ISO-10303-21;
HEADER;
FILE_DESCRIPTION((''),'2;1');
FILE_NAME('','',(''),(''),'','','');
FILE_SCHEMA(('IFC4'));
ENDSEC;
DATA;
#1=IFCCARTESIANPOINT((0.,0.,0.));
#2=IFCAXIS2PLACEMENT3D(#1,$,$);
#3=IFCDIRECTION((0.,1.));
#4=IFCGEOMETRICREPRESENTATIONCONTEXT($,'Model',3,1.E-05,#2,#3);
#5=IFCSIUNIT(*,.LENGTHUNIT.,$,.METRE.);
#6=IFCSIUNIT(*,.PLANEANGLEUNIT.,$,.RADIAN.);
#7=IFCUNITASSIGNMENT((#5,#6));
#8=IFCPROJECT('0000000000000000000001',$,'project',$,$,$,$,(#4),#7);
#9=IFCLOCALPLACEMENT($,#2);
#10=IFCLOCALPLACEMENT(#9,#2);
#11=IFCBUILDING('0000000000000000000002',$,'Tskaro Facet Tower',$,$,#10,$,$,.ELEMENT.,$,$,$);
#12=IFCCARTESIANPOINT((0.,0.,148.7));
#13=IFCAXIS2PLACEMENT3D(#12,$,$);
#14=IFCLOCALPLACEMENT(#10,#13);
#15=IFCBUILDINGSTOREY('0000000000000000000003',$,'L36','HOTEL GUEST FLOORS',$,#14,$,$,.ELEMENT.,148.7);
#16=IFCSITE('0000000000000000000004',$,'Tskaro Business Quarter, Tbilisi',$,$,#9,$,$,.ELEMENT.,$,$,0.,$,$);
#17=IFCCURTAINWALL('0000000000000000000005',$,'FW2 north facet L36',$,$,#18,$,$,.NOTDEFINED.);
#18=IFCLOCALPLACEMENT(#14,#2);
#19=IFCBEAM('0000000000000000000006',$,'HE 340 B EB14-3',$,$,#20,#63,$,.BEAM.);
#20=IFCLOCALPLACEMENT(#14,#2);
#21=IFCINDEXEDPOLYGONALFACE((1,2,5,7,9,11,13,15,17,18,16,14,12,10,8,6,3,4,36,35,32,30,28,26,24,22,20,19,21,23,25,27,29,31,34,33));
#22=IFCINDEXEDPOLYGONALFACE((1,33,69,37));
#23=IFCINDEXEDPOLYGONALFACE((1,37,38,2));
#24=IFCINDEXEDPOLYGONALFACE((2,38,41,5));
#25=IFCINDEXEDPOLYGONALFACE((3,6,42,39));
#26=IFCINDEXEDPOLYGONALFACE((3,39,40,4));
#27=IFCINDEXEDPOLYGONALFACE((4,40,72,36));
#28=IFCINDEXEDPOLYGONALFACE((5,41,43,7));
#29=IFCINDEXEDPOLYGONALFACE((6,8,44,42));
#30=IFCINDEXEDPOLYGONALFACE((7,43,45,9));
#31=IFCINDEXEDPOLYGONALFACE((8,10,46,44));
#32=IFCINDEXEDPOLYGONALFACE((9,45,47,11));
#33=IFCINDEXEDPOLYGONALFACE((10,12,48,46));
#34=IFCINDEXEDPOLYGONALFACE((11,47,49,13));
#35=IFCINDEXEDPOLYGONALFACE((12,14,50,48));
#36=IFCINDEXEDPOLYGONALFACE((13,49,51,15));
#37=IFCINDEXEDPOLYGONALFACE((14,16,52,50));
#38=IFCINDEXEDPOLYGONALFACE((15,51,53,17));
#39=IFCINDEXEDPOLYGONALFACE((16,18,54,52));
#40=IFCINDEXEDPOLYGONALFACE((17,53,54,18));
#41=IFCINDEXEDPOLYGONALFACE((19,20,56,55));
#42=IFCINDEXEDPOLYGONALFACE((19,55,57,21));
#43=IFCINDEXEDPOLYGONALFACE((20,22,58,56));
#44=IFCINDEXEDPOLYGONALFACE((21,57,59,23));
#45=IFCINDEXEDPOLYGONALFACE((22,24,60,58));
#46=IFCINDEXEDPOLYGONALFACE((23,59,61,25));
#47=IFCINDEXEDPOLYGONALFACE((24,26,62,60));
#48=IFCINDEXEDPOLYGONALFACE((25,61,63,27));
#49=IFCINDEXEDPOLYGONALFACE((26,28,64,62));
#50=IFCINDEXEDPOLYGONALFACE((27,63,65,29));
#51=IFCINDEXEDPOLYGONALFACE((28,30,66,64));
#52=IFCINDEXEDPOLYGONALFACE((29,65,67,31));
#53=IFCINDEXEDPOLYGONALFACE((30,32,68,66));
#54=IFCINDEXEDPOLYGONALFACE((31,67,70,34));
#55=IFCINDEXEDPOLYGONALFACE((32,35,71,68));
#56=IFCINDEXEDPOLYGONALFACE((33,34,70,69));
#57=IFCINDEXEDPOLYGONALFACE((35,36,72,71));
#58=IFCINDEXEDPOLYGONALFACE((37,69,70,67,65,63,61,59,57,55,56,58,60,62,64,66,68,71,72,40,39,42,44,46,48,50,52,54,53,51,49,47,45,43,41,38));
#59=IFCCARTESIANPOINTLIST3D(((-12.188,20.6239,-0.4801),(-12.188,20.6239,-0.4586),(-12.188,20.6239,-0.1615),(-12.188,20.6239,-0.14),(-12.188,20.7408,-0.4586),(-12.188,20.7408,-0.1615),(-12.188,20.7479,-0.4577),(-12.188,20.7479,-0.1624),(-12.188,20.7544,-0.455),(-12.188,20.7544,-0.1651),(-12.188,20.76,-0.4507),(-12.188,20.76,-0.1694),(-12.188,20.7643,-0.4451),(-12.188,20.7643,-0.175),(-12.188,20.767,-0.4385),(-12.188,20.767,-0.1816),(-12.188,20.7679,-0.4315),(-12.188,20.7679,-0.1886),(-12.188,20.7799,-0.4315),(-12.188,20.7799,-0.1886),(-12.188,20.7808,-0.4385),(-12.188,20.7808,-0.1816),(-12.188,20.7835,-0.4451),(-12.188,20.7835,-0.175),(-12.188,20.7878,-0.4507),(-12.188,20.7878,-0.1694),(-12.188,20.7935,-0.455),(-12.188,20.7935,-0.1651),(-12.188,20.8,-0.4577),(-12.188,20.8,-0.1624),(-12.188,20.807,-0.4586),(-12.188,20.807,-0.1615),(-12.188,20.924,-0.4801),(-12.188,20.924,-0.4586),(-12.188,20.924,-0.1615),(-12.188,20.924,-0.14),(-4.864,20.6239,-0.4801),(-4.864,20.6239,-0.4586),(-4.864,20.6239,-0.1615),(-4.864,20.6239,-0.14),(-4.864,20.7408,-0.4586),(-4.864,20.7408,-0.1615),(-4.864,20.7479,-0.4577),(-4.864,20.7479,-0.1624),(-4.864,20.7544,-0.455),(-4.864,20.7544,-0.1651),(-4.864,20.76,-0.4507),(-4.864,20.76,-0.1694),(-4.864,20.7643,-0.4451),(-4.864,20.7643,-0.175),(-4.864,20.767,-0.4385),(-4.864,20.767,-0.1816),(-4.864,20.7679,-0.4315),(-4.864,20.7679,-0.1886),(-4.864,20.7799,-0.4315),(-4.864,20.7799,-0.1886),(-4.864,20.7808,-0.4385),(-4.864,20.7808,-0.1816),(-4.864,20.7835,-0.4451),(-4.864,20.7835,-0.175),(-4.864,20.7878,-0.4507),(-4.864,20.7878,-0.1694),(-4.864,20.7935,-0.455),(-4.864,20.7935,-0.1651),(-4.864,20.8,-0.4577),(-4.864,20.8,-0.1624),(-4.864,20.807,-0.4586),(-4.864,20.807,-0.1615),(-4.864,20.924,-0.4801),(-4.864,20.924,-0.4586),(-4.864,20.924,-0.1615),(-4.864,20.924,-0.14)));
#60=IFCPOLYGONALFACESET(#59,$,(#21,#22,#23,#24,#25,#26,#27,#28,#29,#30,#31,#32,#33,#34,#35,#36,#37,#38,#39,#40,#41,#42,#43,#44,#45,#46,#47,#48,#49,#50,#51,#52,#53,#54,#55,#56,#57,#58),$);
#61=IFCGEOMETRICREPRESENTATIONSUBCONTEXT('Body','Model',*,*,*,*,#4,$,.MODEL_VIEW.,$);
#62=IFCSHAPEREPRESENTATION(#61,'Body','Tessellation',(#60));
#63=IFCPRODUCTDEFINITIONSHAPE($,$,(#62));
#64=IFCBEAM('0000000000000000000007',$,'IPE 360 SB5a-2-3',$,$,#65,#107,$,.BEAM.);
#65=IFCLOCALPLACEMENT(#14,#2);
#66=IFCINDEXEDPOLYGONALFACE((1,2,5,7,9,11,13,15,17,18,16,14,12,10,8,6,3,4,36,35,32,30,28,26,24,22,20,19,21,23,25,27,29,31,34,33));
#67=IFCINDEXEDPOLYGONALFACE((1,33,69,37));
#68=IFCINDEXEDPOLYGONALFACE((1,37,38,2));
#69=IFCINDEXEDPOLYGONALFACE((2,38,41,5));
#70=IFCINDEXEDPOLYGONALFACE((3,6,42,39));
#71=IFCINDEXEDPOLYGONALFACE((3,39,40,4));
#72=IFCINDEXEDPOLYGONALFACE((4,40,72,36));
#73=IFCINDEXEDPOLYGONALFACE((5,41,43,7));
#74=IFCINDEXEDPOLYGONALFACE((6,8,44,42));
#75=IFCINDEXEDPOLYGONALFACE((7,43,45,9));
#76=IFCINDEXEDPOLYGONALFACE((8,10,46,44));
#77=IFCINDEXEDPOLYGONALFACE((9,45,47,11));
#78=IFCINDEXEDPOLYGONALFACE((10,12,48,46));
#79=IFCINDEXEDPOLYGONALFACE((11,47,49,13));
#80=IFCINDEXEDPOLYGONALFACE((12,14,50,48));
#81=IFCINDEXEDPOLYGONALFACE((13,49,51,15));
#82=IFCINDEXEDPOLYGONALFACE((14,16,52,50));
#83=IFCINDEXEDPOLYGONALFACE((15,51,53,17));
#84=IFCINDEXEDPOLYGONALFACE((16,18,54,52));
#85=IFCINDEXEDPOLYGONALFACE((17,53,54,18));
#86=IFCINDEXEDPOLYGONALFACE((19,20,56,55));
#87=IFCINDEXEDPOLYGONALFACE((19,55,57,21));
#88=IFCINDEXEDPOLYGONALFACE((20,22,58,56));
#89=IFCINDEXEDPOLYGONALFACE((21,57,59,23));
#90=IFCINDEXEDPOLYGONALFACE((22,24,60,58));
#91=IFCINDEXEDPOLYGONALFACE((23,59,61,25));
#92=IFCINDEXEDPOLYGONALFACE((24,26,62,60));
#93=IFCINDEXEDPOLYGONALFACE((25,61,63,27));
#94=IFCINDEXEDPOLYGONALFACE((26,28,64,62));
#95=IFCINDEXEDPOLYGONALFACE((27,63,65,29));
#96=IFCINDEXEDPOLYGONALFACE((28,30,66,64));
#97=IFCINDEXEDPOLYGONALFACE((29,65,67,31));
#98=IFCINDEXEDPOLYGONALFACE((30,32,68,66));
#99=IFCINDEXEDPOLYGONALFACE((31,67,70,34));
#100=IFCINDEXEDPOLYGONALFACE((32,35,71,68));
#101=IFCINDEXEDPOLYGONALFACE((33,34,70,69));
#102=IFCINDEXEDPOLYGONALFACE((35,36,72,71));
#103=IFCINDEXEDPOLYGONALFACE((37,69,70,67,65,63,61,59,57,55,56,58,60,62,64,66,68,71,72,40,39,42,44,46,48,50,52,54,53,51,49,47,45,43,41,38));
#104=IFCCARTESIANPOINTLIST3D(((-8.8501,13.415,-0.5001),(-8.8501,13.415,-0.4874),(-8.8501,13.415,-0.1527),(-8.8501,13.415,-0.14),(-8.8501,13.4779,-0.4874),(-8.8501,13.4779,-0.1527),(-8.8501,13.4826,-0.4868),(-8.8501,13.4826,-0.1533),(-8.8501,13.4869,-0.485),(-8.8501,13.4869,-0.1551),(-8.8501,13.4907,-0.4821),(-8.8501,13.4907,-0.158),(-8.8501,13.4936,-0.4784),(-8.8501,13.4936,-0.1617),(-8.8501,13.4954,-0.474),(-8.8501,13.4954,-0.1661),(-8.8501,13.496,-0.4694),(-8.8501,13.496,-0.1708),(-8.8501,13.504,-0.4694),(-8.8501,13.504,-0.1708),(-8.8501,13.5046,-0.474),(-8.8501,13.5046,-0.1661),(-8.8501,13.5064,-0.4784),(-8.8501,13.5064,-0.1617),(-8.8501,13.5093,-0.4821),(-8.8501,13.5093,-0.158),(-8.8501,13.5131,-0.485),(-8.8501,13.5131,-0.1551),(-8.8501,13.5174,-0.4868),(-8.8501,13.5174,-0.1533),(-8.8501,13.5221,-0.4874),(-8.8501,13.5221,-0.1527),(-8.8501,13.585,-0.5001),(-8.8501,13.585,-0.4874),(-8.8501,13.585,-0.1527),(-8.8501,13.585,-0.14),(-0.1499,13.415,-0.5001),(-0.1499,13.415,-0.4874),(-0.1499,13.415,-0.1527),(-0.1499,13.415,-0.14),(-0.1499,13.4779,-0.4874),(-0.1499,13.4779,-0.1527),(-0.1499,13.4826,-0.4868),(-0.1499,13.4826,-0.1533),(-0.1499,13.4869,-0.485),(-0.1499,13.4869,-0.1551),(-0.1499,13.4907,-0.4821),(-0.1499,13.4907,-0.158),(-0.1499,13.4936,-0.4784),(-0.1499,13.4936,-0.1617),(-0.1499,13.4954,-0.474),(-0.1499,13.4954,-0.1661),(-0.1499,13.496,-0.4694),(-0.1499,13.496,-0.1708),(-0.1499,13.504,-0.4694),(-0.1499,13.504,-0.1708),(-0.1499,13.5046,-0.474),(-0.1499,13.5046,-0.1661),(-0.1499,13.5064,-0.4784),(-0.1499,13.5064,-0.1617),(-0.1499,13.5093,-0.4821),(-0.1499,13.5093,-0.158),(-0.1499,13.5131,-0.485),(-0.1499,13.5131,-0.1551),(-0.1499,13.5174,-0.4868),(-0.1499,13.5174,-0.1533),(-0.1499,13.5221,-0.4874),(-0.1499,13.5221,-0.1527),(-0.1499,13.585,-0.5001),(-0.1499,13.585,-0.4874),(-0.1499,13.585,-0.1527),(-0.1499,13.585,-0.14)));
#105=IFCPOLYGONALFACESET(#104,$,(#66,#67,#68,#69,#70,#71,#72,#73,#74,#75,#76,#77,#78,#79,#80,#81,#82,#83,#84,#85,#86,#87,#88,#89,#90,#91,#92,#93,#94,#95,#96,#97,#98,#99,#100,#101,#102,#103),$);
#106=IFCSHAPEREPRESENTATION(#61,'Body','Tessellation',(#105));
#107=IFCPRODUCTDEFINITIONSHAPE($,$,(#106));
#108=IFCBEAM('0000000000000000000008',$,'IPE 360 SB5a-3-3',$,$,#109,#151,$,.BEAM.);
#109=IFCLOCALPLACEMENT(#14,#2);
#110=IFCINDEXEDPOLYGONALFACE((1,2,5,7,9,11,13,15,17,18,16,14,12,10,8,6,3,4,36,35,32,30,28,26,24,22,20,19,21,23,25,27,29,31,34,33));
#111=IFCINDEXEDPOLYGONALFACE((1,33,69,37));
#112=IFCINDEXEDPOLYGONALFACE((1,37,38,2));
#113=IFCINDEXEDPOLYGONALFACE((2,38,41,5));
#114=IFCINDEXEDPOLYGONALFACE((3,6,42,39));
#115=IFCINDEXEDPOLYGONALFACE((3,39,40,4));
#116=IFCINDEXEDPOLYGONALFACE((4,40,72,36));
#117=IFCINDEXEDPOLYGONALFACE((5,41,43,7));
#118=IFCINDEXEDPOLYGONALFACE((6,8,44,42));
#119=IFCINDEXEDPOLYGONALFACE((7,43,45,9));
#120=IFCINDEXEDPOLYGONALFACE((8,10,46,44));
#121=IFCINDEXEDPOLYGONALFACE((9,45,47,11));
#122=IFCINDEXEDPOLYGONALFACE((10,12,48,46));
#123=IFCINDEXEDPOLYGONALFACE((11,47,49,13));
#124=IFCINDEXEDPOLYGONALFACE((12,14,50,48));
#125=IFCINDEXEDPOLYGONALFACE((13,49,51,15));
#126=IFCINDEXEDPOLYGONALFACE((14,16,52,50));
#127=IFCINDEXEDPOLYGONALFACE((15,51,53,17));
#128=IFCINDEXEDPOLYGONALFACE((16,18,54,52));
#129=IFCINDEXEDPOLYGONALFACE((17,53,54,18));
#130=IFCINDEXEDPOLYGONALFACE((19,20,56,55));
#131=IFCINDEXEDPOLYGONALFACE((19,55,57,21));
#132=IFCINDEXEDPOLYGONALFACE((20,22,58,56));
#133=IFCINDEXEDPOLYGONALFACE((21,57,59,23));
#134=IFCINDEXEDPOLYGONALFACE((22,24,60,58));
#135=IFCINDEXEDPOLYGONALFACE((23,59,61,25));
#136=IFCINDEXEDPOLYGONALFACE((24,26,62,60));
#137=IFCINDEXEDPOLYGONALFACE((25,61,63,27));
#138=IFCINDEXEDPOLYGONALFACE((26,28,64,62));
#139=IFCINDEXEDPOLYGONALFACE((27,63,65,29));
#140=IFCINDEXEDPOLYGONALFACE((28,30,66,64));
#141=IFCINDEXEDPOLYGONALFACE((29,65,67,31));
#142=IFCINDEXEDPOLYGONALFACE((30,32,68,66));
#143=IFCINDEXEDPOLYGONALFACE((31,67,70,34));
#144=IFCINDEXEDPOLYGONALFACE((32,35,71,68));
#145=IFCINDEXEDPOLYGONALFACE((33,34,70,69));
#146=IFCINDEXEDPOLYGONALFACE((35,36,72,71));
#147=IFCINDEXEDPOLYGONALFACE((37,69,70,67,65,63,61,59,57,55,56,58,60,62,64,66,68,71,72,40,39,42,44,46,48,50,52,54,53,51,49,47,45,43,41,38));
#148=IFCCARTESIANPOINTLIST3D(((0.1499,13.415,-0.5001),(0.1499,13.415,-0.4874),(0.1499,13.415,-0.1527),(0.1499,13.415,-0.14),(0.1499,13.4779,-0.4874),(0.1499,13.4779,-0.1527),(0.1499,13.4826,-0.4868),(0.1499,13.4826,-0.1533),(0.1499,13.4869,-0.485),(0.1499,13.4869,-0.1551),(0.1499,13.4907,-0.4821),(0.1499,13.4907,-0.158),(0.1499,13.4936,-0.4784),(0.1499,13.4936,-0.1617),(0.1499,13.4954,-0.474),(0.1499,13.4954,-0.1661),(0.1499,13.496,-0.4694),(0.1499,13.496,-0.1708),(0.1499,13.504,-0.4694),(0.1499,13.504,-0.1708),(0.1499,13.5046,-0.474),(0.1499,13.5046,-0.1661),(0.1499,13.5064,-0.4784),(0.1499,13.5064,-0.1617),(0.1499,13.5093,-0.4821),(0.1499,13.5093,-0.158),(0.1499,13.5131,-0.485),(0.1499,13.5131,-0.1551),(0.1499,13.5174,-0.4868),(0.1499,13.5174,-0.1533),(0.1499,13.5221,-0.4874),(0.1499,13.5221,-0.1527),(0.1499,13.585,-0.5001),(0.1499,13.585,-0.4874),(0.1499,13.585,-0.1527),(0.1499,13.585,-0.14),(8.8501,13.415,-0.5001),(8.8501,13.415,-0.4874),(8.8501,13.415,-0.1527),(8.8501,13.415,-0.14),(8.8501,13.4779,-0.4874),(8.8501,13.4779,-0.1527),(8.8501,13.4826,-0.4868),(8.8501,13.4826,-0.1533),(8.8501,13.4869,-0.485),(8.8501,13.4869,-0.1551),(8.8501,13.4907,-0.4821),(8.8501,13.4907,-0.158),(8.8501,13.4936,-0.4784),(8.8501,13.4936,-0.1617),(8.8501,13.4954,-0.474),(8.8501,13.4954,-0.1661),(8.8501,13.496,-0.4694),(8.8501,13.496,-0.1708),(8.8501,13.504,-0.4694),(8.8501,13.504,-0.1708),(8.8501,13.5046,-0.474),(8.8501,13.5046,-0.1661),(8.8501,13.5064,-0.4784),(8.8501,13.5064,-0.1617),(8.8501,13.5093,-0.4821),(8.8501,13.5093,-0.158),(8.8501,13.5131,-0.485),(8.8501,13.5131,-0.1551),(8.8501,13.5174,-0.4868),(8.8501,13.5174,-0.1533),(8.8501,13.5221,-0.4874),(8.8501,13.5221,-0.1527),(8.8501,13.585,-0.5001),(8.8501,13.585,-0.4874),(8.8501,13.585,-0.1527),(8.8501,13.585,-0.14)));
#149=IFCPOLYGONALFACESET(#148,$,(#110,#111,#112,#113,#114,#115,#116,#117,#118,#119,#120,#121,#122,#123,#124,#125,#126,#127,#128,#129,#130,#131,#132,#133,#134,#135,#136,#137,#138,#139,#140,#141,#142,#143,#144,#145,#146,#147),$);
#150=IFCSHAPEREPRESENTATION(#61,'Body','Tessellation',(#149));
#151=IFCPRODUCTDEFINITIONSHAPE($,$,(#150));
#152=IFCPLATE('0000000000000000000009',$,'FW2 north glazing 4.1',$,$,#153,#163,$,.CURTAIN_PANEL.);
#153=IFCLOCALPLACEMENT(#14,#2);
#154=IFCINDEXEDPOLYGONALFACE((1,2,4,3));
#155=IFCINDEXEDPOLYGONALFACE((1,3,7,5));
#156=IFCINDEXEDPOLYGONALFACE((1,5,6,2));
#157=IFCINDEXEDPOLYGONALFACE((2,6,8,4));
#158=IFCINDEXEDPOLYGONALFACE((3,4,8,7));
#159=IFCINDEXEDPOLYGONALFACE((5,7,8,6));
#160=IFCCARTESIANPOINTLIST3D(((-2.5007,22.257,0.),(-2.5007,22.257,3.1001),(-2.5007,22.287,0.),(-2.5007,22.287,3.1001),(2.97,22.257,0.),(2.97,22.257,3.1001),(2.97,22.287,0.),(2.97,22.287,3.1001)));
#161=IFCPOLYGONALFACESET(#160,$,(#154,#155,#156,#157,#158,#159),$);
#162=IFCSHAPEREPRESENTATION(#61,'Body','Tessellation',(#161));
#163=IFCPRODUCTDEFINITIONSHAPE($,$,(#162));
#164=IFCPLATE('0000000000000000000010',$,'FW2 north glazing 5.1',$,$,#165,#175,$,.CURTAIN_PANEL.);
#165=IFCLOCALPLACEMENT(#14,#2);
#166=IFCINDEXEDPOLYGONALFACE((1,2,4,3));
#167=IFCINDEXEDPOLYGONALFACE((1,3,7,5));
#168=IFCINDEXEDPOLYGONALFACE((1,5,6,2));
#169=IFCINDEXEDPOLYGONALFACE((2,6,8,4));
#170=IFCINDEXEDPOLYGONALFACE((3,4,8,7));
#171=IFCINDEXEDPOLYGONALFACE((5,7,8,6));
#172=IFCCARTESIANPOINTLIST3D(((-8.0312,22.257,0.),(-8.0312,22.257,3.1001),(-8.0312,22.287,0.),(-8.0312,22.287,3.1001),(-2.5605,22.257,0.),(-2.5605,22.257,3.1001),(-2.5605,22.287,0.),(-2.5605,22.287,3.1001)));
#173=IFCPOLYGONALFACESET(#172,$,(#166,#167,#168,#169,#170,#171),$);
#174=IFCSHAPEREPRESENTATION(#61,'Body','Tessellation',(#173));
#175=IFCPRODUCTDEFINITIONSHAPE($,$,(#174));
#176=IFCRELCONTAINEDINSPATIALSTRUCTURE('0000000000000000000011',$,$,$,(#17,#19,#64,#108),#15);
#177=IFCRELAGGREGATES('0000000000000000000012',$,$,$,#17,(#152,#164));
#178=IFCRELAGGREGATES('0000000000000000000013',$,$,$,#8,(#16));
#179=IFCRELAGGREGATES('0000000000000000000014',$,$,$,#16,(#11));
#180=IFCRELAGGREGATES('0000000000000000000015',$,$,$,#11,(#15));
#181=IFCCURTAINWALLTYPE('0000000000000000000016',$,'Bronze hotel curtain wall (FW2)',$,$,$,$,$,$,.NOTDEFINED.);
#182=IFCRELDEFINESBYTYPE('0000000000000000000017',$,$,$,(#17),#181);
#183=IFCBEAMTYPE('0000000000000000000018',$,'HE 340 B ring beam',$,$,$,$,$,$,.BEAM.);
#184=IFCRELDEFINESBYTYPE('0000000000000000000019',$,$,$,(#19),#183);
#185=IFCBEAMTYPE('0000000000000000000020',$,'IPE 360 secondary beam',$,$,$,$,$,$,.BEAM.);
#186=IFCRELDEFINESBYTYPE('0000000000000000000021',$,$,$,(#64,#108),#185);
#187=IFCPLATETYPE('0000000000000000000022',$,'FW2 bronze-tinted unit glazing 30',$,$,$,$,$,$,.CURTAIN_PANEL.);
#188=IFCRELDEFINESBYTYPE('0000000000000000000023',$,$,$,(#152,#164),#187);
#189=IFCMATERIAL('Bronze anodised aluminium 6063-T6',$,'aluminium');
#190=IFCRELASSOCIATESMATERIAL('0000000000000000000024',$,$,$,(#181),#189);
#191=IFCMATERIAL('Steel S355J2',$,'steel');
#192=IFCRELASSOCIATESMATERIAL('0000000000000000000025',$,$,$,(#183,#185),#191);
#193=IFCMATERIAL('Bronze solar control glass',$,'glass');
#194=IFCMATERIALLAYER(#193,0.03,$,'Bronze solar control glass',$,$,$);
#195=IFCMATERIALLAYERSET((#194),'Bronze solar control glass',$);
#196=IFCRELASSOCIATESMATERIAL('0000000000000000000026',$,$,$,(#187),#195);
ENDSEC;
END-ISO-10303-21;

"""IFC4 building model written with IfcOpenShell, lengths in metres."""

from ifc_helpers import new_model, si_unit, direction, frame, origin, origin_2d, place, context, subcontext, project, spatial, rectangle, i_section, extrude, material, layer, layer_set, material_profile, profile_set, type_object, element, aggregate, save


model = new_model("IFC4")

# Units and contexts
model_context = context("Model", 3, precision=1e-05, world=origin(), true_north=direction((0.0, 1.0)))
body_context = subcontext(model_context, "Body", "Model", "MODEL_VIEW")
ifc_project = project(units=[si_unit("LENGTHUNIT", "METRE"), si_unit("PLANEANGLEUNIT", "RADIAN")], contexts=[model_context])

# Site, building, storey
site_placement = place(None, origin())
site = spatial("IfcSite", under=ifc_project, at=site_placement, Name="Tskaro Business Quarter, Tbilisi", CompositionType="ELEMENT", RefElevation=0.0)
building_placement = place(site_placement, origin())
building = spatial("IfcBuilding", under=site, at=building_placement, Name="Tskaro Facet Tower", CompositionType="ELEMENT")
storey_placement = place(building_placement, frame((0.0, 0.0, 148.7)))
storey = spatial("IfcBuildingStorey", under=building, at=storey_placement, Name="L36", Description="HOTEL GUEST FLOORS", CompositionType="ELEMENT", Elevation=148.7)

# Curtain wall
ifc_material_1 = material(Name="Bronze anodised aluminium 6063-T6", Category="aluminium")
curtain_wall_type = type_object("IfcCurtainWallType", Name="Bronze hotel curtain wall (FW2)", PredefinedType="NOTDEFINED", material=ifc_material_1)
curtain_wall_placement = place(storey_placement, origin())
curtain_wall = element("IfcCurtainWall", 1, at=curtain_wall_placement, inside=storey, type_object=curtain_wall_type, Name="FW2 north facet L36", PredefinedType="NOTDEFINED")

# Beams
ifc_material_2 = material(Name="Steel S355J2", Category="steel")
ifc_material_profile_1 = material_profile(ifc_material_2, i_section(OverallWidth=0.3, OverallDepth=0.3401, WebThickness=0.012, FlangeThickness=0.0215, FilletRadius=0.0271, at=origin_2d()), Name="HE 340 B")
ifc_profile_set_1 = profile_set([ifc_material_profile_1], Name="Steel S355J2")
beam_type_1 = type_object("IfcBeamType", Name="HE 340 B ring beam", PredefinedType="BEAM", material=ifc_profile_set_1)
for number, where, z_axis, x_axis, name in (
    (2, (-4.864, 20.7739, -0.3101), (-1.0, 0.0, 0.0), (0.0, -1.0, 0.0), "HE 340 B EB14-3"),
):
    element("IfcBeam", number, at=place(storey_placement, frame(where, z_axis=z_axis, x_axis=x_axis)), inside=storey, type_object=beam_type_1, Name=name, PredefinedType="BEAM", context=body_context, shape_type="SweptSolid", body=[
        extrude(i_section(OverallWidth=0.3, OverallDepth=0.3401, WebThickness=0.012, FlangeThickness=0.0215, FilletRadius=0.0271, at=origin_2d()), origin(), (0.0, 0.0, 1.0), 7.324),
    ])
ifc_material_profile_2 = material_profile(ifc_material_2, i_section(OverallWidth=0.1699, OverallDepth=0.3601, WebThickness=0.0081, FlangeThickness=0.0127, FilletRadius=0.0181, at=origin_2d()), Name="IPE 360")
ifc_profile_set_2 = profile_set([ifc_material_profile_2], Name="Steel S355J2")
beam_type_2 = type_object("IfcBeamType", Name="IPE 360 secondary beam", PredefinedType="BEAM", material=ifc_profile_set_2)
for number, where, z_axis, x_axis, name in (
    (3, (-8.8501, 13.5, -0.3201), (1.0, 0.0, 0.0), (0.0, 1.0, 0.0), "IPE 360 SB5a-2-3"),
    (4, (0.1499, 13.5, -0.3201), (1.0, 0.0, 0.0), (0.0, 1.0, 0.0), "IPE 360 SB5a-3-3"),
):
    element("IfcBeam", number, at=place(storey_placement, frame(where, z_axis=z_axis, x_axis=x_axis)), inside=storey, type_object=beam_type_2, Name=name, PredefinedType="BEAM", context=body_context, shape_type="SweptSolid", body=[
        extrude(i_section(OverallWidth=0.1699, OverallDepth=0.3601, WebThickness=0.0081, FlangeThickness=0.0127, FilletRadius=0.0181, at=origin_2d()), origin(), (0.0, 0.0, 1.0), 8.7002),
    ])

# Plates
ifc_material_3 = material(Name="Bronze solar control glass", Category="glass")
ifc_layer_1 = layer(ifc_material_3, 0.03, Name="Bronze solar control glass")
ifc_layer_set_1 = layer_set([ifc_layer_1], Name="Bronze solar control glass")
plate_type = type_object("IfcPlateType", Name="FW2 bronze-tinted unit glazing 30", PredefinedType="CURTAIN_PANEL", material=ifc_layer_set_1)
plate_1_placement = place(storey_placement, frame((0.2346, 22.272, 0.0), z_axis=(0.0, 0.0, 1.0), x_axis=(-1.0, 0.0, 0.0)))
plate_1 = element("IfcPlate", 5, at=plate_1_placement, type_object=plate_type, Name="FW2 north glazing 4.1", PredefinedType="CURTAIN_PANEL", context=body_context, shape_type="SweptSolid", body=[
    extrude(rectangle(XDim=5.4707, YDim=0.03, at=origin_2d()), origin(), (0.0, 0.0, 1.0), 3.1001),
])
plate_2_placement = place(storey_placement, frame((-5.2959, 22.272, 0.0), z_axis=(0.0, 0.0, 1.0), x_axis=(-1.0, 0.0, 0.0)))
plate_2 = element("IfcPlate", 6, at=plate_2_placement, type_object=plate_type, Name="FW2 north glazing 5.1", PredefinedType="CURTAIN_PANEL", context=body_context, shape_type="SweptSolid", body=[
    extrude(rectangle(XDim=5.4707, YDim=0.03, at=origin_2d()), origin(), (0.0, 0.0, 1.0), 3.1001),
])
aggregate(curtain_wall, [plate_1, plate_2])

save(model, "model.ifc")
